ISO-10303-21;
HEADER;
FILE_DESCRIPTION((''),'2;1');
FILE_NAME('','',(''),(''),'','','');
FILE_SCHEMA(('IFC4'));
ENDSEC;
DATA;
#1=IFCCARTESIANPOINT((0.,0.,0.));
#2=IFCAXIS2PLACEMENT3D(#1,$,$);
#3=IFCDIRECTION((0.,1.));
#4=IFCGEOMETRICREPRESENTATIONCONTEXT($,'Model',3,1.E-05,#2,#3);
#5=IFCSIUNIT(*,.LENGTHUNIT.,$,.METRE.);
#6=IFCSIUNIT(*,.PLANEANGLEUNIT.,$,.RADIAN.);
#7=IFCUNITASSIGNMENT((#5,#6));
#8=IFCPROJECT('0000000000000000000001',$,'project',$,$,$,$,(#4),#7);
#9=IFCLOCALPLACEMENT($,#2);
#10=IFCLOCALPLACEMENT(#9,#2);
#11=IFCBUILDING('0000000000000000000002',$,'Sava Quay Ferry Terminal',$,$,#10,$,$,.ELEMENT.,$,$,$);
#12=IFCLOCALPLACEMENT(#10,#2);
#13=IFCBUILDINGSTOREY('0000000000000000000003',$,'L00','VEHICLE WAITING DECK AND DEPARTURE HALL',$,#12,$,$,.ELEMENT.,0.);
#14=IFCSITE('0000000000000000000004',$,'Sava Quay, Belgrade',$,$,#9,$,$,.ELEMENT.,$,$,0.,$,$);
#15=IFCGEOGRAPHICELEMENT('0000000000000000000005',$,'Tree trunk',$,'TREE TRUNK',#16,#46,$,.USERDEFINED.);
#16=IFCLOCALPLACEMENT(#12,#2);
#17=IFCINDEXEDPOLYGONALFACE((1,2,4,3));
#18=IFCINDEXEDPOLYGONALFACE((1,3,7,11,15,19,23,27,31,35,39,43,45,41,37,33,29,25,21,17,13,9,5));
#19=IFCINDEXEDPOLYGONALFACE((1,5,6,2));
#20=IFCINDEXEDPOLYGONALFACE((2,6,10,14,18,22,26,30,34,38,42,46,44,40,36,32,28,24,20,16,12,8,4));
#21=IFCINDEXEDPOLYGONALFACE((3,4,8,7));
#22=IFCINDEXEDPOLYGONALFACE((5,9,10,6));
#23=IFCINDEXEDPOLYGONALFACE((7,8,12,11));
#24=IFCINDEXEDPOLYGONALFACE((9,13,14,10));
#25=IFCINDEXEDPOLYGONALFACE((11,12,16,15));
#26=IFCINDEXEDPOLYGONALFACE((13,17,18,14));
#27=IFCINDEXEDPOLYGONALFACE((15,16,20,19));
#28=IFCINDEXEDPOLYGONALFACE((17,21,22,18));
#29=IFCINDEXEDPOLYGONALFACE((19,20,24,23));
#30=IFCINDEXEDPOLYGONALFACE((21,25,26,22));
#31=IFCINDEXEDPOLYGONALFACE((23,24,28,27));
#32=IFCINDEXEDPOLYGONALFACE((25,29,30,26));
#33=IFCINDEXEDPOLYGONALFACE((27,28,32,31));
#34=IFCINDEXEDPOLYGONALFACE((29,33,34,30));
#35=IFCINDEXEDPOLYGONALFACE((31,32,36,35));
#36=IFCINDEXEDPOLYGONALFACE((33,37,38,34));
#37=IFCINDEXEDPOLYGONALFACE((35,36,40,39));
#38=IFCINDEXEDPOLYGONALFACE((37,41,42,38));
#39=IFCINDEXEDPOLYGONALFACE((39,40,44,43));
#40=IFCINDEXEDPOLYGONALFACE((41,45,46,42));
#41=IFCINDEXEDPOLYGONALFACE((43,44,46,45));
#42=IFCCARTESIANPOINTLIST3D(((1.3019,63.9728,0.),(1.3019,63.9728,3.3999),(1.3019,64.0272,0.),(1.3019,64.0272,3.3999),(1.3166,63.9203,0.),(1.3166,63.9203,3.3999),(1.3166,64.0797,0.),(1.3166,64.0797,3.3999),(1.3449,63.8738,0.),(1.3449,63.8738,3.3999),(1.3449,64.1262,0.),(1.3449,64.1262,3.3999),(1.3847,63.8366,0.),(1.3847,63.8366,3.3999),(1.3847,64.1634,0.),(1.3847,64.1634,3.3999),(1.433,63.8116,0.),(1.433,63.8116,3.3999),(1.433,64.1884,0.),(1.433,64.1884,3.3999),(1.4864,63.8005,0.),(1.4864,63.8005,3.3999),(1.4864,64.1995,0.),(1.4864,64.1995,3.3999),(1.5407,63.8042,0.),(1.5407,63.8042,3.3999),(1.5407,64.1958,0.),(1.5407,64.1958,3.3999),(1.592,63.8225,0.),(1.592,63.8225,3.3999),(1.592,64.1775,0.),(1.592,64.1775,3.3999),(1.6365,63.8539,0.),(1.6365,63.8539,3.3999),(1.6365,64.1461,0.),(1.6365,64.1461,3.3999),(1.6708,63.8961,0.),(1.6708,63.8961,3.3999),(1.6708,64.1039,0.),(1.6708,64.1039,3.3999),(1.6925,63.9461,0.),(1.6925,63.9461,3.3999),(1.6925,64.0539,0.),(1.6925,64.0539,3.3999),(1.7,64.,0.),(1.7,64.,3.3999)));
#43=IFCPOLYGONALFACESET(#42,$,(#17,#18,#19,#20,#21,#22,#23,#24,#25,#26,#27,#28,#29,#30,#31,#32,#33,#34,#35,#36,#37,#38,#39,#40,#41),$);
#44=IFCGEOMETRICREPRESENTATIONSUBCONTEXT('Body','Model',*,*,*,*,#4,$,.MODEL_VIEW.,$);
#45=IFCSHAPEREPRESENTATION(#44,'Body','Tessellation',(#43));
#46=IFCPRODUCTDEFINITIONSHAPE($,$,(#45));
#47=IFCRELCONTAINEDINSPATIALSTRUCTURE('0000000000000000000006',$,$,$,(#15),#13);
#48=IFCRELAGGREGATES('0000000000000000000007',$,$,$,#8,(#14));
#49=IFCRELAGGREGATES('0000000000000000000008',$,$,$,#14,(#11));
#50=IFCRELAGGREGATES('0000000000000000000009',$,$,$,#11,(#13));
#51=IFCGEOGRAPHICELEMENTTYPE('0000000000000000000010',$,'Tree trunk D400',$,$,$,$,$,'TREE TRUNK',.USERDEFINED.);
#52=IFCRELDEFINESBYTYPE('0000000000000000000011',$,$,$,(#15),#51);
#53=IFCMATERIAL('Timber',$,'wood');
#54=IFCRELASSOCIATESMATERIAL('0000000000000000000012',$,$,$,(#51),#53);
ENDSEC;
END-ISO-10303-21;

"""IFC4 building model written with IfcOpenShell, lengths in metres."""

from ifc_helpers import new_model, si_unit, direction, frame, origin, origin_2d, place, context, subcontext, project, spatial, circle, extrude, material, type_object, element, save


model = new_model("IFC4")

# Units and contexts
model_context = context("Model", 3, precision=1e-05, world=origin(), true_north=direction((0.0, 1.0)))
body_context = subcontext(model_context, "Body", "Model", "MODEL_VIEW")
ifc_project = project(units=[si_unit("LENGTHUNIT", "METRE"), si_unit("PLANEANGLEUNIT", "RADIAN")], contexts=[model_context])

# Site, building, storey
site_placement = place(None, origin())
site = spatial("IfcSite", under=ifc_project, at=site_placement, Name="Sava Quay, Belgrade", CompositionType="ELEMENT", RefElevation=0.0)
building_placement = place(site_placement, origin())
building = spatial("IfcBuilding", under=site, at=building_placement, Name="Sava Quay Ferry Terminal", CompositionType="ELEMENT")
storey_placement = place(building_placement, origin())
storey = spatial("IfcBuildingStorey", under=building, at=storey_placement, Name="L00", Description="VEHICLE WAITING DECK AND DEPARTURE HALL", CompositionType="ELEMENT", Elevation=0.0)

# Geographic element
ifc_material_1 = material(Name="Timber", Category="wood")
geographic_element_type_1 = type_object("IfcGeographicElementType", Name="Tree trunk D400", ElementType="TREE TRUNK", PredefinedType="USERDEFINED", material=ifc_material_1)
for number, where, z_axis, x_axis, name in (
    (1, (1.5, 64.0, 3.3999), (0.0, 0.0, -1.0), (1.0, 0.0, 0.0), "Tree trunk"),
):
    element("IfcGeographicElement", number, at=place(storey_placement, frame(where, z_axis=z_axis, x_axis=x_axis)), inside=storey, type_object=geographic_element_type_1, Name=name, ObjectType="TREE TRUNK", PredefinedType="USERDEFINED", context=body_context, shape_type="SweptSolid", body=[
        extrude(circle(Radius=0.2, at=origin_2d()), origin(), (0.0, 0.0, 1.0), 3.3999),
    ])

save(model, "model.ifc")
